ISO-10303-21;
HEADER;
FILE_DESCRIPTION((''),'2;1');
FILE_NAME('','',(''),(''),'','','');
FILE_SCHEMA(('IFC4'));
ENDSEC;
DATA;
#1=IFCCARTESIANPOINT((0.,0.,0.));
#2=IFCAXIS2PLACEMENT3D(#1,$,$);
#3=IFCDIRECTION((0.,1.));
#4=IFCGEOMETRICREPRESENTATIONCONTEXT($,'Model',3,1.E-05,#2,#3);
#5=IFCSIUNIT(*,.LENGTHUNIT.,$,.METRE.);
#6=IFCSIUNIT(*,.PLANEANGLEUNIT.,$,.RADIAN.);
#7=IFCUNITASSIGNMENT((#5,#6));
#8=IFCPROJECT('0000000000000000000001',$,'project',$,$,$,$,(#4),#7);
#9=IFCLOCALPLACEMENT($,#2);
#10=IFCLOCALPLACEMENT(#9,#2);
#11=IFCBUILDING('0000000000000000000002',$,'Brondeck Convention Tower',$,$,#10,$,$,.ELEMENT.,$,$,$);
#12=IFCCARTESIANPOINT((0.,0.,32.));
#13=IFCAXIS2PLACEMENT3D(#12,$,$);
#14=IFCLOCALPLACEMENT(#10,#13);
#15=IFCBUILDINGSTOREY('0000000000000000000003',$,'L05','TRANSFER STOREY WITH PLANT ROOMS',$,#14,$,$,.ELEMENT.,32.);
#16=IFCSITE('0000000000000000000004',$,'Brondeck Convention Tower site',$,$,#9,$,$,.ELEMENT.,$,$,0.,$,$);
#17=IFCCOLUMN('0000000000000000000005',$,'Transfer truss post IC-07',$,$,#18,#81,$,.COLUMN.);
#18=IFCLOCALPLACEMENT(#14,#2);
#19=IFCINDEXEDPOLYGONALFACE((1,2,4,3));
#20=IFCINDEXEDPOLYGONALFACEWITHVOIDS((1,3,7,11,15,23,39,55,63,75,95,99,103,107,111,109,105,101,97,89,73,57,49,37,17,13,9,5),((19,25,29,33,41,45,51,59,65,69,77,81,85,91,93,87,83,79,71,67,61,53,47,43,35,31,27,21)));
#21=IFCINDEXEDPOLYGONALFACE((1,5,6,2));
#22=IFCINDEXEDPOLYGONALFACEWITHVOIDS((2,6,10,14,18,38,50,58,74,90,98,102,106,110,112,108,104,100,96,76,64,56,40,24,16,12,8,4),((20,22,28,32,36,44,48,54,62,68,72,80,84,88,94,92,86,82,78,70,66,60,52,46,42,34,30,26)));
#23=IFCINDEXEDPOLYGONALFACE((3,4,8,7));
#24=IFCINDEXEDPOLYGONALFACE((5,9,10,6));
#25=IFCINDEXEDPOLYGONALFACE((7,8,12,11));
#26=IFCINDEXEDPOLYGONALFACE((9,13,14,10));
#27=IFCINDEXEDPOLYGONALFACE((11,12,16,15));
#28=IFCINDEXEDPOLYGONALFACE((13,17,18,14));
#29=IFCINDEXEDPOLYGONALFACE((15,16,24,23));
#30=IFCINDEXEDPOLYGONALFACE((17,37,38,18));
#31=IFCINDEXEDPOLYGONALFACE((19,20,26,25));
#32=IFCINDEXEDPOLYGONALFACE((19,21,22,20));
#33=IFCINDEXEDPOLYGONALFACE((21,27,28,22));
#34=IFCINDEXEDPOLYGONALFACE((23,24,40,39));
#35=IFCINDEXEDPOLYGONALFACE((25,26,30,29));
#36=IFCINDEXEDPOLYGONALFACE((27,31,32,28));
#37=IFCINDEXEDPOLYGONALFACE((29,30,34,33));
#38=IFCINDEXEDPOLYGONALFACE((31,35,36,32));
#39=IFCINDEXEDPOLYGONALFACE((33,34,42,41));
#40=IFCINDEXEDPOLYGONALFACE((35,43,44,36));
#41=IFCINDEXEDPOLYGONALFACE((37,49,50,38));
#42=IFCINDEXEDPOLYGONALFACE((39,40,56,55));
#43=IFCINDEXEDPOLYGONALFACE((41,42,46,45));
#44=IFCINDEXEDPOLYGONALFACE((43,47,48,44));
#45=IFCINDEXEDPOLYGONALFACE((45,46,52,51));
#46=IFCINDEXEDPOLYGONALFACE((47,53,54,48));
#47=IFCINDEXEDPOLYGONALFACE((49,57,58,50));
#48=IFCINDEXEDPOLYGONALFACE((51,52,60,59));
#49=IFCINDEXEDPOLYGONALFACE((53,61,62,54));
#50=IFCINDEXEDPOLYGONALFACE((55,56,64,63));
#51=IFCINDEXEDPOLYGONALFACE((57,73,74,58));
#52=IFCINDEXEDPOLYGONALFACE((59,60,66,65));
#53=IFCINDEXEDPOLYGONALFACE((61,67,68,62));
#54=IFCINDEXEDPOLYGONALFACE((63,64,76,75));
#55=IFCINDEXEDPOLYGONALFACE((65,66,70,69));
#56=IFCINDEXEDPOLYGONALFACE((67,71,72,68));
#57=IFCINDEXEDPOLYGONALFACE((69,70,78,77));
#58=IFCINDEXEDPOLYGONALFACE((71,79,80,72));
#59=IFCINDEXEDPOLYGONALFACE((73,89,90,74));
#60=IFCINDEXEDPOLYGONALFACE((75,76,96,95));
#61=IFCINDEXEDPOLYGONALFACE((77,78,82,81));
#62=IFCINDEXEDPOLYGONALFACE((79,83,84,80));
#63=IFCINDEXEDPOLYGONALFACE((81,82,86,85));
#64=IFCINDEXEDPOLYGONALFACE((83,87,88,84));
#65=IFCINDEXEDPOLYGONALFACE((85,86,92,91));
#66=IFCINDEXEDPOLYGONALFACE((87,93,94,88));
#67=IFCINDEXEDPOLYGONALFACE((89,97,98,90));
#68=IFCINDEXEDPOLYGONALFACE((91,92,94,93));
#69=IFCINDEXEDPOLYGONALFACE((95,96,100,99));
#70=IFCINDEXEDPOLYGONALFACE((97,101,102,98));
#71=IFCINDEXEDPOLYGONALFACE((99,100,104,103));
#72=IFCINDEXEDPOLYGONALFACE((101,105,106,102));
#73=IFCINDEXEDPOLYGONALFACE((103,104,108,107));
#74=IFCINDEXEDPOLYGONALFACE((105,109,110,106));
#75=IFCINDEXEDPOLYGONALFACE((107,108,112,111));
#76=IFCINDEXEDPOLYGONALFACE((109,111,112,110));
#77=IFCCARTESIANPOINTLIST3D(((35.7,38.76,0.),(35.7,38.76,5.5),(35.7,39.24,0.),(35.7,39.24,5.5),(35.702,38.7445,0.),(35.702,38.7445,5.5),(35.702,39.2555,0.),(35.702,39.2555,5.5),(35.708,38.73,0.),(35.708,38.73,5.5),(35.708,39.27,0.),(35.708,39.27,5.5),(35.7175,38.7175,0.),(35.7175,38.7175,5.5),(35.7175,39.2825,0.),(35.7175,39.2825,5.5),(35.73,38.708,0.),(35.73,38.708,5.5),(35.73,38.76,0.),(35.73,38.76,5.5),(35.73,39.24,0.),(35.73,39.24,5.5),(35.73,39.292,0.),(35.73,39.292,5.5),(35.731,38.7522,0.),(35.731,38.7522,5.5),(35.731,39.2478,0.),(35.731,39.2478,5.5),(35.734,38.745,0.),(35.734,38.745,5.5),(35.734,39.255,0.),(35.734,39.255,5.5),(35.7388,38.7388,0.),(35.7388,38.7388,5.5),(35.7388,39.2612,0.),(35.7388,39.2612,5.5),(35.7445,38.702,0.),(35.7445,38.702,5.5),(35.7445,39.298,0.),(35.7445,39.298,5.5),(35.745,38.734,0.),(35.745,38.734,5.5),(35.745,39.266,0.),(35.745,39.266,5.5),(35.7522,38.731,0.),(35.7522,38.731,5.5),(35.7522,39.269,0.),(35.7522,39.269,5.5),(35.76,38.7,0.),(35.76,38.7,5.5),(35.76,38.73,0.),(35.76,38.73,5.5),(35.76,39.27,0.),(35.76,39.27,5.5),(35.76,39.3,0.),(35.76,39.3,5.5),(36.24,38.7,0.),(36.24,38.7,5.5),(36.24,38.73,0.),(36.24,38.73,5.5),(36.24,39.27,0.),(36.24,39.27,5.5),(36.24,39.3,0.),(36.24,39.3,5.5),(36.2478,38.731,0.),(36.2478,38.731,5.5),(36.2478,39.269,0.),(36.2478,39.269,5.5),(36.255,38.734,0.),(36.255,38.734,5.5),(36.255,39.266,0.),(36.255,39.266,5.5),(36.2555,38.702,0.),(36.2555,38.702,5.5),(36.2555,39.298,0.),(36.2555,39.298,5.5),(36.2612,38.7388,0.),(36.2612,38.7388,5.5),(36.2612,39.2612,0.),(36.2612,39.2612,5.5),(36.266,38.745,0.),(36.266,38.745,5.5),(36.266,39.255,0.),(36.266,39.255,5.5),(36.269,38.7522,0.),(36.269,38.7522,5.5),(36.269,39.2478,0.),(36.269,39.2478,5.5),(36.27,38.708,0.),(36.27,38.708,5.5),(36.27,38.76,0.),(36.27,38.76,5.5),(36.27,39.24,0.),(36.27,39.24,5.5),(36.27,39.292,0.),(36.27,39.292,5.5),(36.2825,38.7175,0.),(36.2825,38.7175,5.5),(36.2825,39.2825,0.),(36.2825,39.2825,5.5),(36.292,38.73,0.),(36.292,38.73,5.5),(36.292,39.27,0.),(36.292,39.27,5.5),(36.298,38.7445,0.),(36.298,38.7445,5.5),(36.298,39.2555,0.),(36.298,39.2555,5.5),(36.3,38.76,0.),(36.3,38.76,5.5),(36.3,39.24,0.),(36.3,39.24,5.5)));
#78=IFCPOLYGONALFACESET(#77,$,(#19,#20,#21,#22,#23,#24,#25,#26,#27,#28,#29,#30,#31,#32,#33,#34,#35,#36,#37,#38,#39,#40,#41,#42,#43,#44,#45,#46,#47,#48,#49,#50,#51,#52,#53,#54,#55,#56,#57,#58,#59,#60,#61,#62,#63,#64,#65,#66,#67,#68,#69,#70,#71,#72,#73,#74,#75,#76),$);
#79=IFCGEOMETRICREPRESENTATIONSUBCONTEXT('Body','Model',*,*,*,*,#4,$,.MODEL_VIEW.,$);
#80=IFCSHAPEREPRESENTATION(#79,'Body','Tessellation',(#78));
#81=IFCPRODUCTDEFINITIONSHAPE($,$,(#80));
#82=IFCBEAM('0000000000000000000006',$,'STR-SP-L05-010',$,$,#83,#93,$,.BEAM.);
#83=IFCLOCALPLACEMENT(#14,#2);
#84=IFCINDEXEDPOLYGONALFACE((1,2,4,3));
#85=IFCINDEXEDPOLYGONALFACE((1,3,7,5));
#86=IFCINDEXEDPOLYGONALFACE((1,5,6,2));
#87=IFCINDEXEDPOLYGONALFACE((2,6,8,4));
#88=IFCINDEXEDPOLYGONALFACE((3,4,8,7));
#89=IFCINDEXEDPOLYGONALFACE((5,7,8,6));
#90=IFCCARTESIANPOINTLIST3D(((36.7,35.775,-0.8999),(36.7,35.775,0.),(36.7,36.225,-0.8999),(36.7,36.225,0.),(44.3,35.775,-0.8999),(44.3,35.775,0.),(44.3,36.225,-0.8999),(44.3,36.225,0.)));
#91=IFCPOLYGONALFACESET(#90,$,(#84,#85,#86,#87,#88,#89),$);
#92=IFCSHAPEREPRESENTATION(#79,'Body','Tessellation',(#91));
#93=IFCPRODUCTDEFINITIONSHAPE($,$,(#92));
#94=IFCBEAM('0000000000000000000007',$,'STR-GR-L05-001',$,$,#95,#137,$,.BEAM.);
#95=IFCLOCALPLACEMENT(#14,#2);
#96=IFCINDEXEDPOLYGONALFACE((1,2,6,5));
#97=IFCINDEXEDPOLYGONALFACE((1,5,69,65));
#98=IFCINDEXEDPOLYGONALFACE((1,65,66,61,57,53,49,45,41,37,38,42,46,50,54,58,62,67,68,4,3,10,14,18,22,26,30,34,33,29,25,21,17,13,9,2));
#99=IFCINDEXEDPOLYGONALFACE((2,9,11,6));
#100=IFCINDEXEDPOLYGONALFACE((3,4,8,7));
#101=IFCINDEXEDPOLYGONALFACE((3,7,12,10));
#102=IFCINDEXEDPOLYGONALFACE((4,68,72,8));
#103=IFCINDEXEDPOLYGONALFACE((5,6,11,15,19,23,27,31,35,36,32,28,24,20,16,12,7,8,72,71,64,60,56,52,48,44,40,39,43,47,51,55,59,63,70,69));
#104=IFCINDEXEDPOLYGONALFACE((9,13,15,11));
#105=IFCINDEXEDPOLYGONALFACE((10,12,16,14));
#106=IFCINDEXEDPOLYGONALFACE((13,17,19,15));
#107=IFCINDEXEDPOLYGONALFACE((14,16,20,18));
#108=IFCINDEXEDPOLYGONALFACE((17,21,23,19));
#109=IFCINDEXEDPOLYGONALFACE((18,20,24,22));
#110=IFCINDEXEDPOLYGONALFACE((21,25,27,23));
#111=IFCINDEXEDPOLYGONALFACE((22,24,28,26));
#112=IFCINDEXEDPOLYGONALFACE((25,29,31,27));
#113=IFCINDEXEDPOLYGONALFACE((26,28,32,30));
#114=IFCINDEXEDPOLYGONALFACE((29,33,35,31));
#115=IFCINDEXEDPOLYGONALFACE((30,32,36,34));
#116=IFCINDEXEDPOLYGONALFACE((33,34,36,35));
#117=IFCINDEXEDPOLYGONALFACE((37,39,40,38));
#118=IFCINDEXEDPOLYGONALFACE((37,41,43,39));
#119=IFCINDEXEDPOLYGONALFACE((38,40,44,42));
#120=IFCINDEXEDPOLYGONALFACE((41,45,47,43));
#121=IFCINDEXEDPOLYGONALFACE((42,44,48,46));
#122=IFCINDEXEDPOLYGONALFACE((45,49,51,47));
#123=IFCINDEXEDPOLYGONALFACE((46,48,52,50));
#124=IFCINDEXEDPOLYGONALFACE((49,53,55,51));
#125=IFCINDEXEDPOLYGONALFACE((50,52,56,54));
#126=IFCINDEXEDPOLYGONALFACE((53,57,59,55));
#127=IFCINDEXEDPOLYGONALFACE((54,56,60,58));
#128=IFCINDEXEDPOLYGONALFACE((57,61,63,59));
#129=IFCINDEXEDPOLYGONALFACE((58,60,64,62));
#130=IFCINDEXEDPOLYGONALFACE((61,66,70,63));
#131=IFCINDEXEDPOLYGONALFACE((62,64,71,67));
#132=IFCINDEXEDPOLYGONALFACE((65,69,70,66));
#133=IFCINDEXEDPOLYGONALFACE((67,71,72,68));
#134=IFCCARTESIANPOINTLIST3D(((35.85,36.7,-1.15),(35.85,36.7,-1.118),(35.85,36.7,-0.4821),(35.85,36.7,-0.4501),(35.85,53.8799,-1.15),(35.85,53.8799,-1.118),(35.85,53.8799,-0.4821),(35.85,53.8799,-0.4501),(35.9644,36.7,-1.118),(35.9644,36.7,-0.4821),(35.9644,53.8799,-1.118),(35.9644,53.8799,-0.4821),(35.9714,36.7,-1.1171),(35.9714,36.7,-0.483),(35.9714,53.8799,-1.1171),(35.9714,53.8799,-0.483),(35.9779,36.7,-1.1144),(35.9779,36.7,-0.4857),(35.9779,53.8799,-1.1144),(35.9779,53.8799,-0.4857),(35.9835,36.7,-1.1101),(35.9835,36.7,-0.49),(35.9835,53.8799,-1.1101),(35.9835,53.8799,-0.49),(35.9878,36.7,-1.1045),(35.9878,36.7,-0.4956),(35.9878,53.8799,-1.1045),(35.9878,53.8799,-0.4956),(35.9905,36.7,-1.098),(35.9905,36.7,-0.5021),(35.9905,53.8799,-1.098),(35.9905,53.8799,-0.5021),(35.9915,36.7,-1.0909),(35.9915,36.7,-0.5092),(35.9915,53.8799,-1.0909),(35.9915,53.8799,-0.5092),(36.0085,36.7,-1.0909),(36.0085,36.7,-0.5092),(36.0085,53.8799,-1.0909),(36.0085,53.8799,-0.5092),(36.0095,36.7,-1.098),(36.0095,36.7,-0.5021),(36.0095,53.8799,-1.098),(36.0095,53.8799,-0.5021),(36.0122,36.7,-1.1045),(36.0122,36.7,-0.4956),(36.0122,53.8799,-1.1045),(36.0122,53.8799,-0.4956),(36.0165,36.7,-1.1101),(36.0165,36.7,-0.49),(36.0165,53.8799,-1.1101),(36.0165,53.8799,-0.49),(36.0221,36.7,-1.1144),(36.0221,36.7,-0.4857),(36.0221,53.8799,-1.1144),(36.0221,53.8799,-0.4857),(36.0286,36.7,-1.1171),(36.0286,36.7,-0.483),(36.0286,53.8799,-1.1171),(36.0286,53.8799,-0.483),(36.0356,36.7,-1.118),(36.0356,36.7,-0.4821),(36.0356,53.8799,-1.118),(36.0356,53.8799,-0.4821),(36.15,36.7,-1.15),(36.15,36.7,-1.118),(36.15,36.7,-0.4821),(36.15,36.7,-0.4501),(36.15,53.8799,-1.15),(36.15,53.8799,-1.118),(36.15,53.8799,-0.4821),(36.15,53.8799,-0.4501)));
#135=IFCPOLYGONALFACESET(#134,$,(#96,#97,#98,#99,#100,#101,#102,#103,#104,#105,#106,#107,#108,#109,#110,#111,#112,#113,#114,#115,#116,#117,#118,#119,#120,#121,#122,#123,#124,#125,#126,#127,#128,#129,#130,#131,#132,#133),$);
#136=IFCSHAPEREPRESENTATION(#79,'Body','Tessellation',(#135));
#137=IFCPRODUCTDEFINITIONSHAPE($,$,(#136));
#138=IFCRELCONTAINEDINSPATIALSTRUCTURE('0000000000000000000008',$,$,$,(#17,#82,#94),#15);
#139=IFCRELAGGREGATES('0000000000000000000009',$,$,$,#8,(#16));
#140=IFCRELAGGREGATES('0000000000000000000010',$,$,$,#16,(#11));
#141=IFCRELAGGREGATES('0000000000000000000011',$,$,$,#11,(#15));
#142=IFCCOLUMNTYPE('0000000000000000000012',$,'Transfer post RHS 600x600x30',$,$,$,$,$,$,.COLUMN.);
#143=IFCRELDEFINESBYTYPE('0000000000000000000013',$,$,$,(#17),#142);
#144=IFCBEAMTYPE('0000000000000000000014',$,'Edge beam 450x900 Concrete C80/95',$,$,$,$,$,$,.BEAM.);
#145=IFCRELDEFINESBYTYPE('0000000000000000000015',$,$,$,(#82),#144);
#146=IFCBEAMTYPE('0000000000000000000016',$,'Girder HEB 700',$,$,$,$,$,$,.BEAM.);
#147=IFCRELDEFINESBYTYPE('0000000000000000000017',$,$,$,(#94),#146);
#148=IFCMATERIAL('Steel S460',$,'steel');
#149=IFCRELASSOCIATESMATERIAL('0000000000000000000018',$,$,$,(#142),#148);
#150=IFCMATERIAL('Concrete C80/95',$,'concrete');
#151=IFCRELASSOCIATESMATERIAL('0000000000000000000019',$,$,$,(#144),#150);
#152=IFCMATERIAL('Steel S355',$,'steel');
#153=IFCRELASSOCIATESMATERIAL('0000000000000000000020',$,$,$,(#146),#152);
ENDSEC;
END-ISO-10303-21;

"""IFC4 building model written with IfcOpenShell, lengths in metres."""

from ifc_helpers import new_model, si_unit, direction, frame, origin, origin_2d, place, context, subcontext, project, spatial, rectangle, hollow_rectangle, i_section, extrude, material, material_profile, profile_set, type_object, element, save


model = new_model("IFC4")

# Units and contexts
model_context = context("Model", 3, precision=1e-05, world=origin(), true_north=direction((0.0, 1.0)))
body_context = subcontext(model_context, "Body", "Model", "MODEL_VIEW")
ifc_project = project(units=[si_unit("LENGTHUNIT", "METRE"), si_unit("PLANEANGLEUNIT", "RADIAN")], contexts=[model_context])

# Site, building, storey
site_placement = place(None, origin())
site = spatial("IfcSite", under=ifc_project, at=site_placement, Name="Brondeck Convention Tower site", CompositionType="ELEMENT", RefElevation=0.0)
building_placement = place(site_placement, origin())
building = spatial("IfcBuilding", under=site, at=building_placement, Name="Brondeck Convention Tower", CompositionType="ELEMENT")
storey_placement = place(building_placement, frame((0.0, 0.0, 32.0)))
storey = spatial("IfcBuildingStorey", under=building, at=storey_placement, Name="L05", Description="TRANSFER STOREY WITH PLANT ROOMS", CompositionType="ELEMENT", Elevation=32.0)

# Column
ifc_material_1 = material(Name="Steel S460", Category="steel")
ifc_material_profile_1 = material_profile(ifc_material_1, hollow_rectangle(XDim=0.6001, YDim=0.6001, WallThickness=0.03, InnerFilletRadius=0.03, OuterFilletRadius=0.0601, at=origin_2d()), Name="RHS 600x600x30")
ifc_profile_set_1 = profile_set([ifc_material_profile_1], Name="Steel S460")
column_type = type_object("IfcColumnType", Name="Transfer post RHS 600x600x30", PredefinedType="COLUMN", material=ifc_profile_set_1)
column_placement = place(storey_placement, frame((36.0, 39.0, 0.0), z_axis=(0.0, 0.0, 1.0), x_axis=(1.0, 0.0, 0.0)))
element("IfcColumn", 1, at=column_placement, inside=storey, type_object=column_type, Name="Transfer truss post IC-07", PredefinedType="COLUMN", context=body_context, shape_type="SweptSolid", body=[
    extrude(hollow_rectangle(XDim=0.6001, YDim=0.6001, WallThickness=0.03, InnerFilletRadius=0.03, OuterFilletRadius=0.0601, at=origin_2d()), origin(), (0.0, 0.0, 1.0), 5.5),
])

# Beams
ifc_material_2 = material(Name="Concrete C80/95", Category="concrete")
ifc_material_profile_2 = material_profile(ifc_material_2, rectangle(XDim=0.45, YDim=0.8999, at=origin_2d()), Name="Edge beam 450x900 Concrete C80/95")
ifc_profile_set_2 = profile_set([ifc_material_profile_2], Name="Concrete C80/95")
beam_type_1 = type_object("IfcBeamType", Name="Edge beam 450x900 Concrete C80/95", PredefinedType="BEAM", material=ifc_profile_set_2)
beam_1_placement = place(storey_placement, frame((36.7, 36.0, -0.45), z_axis=(1.0, 0.0, 0.0), x_axis=(0.0, 1.0, 0.0)))
element("IfcBeam", 2, at=beam_1_placement, inside=storey, type_object=beam_type_1, Name="STR-SP-L05-010", PredefinedType="BEAM", context=body_context, shape_type="SweptSolid", body=[
    extrude(rectangle(XDim=0.45, YDim=0.8999, at=origin_2d()), origin(), (0.0, 0.0, 1.0), 7.6001),
])
ifc_material_3 = material(Name="Steel S355", Category="steel")
ifc_material_profile_3 = material_profile(ifc_material_3, i_section(OverallWidth=0.3, OverallDepth=0.7, WebThickness=0.0171, FlangeThickness=0.032, FilletRadius=0.0271, at=origin_2d()), Name="HEB 700")
ifc_profile_set_3 = profile_set([ifc_material_profile_3], Name="Steel S355")
beam_type_2 = type_object("IfcBeamType", Name="Girder HEB 700", PredefinedType="BEAM", material=ifc_profile_set_3)
beam_2_placement = place(storey_placement, frame((36.0, 36.7, -0.8), z_axis=(0.0, 1.0, 0.0), x_axis=(-1.0, 0.0, 0.0)))
element("IfcBeam", 3, at=beam_2_placement, inside=storey, type_object=beam_type_2, Name="STR-GR-L05-001", PredefinedType="BEAM", context=body_context, shape_type="SweptSolid", body=[
    extrude(i_section(OverallWidth=0.3, OverallDepth=0.7, WebThickness=0.0171, FlangeThickness=0.032, FilletRadius=0.0271, at=origin_2d()), origin(), (0.0, 0.0, 1.0), 17.1799),
])

save(model, "model.ifc")
